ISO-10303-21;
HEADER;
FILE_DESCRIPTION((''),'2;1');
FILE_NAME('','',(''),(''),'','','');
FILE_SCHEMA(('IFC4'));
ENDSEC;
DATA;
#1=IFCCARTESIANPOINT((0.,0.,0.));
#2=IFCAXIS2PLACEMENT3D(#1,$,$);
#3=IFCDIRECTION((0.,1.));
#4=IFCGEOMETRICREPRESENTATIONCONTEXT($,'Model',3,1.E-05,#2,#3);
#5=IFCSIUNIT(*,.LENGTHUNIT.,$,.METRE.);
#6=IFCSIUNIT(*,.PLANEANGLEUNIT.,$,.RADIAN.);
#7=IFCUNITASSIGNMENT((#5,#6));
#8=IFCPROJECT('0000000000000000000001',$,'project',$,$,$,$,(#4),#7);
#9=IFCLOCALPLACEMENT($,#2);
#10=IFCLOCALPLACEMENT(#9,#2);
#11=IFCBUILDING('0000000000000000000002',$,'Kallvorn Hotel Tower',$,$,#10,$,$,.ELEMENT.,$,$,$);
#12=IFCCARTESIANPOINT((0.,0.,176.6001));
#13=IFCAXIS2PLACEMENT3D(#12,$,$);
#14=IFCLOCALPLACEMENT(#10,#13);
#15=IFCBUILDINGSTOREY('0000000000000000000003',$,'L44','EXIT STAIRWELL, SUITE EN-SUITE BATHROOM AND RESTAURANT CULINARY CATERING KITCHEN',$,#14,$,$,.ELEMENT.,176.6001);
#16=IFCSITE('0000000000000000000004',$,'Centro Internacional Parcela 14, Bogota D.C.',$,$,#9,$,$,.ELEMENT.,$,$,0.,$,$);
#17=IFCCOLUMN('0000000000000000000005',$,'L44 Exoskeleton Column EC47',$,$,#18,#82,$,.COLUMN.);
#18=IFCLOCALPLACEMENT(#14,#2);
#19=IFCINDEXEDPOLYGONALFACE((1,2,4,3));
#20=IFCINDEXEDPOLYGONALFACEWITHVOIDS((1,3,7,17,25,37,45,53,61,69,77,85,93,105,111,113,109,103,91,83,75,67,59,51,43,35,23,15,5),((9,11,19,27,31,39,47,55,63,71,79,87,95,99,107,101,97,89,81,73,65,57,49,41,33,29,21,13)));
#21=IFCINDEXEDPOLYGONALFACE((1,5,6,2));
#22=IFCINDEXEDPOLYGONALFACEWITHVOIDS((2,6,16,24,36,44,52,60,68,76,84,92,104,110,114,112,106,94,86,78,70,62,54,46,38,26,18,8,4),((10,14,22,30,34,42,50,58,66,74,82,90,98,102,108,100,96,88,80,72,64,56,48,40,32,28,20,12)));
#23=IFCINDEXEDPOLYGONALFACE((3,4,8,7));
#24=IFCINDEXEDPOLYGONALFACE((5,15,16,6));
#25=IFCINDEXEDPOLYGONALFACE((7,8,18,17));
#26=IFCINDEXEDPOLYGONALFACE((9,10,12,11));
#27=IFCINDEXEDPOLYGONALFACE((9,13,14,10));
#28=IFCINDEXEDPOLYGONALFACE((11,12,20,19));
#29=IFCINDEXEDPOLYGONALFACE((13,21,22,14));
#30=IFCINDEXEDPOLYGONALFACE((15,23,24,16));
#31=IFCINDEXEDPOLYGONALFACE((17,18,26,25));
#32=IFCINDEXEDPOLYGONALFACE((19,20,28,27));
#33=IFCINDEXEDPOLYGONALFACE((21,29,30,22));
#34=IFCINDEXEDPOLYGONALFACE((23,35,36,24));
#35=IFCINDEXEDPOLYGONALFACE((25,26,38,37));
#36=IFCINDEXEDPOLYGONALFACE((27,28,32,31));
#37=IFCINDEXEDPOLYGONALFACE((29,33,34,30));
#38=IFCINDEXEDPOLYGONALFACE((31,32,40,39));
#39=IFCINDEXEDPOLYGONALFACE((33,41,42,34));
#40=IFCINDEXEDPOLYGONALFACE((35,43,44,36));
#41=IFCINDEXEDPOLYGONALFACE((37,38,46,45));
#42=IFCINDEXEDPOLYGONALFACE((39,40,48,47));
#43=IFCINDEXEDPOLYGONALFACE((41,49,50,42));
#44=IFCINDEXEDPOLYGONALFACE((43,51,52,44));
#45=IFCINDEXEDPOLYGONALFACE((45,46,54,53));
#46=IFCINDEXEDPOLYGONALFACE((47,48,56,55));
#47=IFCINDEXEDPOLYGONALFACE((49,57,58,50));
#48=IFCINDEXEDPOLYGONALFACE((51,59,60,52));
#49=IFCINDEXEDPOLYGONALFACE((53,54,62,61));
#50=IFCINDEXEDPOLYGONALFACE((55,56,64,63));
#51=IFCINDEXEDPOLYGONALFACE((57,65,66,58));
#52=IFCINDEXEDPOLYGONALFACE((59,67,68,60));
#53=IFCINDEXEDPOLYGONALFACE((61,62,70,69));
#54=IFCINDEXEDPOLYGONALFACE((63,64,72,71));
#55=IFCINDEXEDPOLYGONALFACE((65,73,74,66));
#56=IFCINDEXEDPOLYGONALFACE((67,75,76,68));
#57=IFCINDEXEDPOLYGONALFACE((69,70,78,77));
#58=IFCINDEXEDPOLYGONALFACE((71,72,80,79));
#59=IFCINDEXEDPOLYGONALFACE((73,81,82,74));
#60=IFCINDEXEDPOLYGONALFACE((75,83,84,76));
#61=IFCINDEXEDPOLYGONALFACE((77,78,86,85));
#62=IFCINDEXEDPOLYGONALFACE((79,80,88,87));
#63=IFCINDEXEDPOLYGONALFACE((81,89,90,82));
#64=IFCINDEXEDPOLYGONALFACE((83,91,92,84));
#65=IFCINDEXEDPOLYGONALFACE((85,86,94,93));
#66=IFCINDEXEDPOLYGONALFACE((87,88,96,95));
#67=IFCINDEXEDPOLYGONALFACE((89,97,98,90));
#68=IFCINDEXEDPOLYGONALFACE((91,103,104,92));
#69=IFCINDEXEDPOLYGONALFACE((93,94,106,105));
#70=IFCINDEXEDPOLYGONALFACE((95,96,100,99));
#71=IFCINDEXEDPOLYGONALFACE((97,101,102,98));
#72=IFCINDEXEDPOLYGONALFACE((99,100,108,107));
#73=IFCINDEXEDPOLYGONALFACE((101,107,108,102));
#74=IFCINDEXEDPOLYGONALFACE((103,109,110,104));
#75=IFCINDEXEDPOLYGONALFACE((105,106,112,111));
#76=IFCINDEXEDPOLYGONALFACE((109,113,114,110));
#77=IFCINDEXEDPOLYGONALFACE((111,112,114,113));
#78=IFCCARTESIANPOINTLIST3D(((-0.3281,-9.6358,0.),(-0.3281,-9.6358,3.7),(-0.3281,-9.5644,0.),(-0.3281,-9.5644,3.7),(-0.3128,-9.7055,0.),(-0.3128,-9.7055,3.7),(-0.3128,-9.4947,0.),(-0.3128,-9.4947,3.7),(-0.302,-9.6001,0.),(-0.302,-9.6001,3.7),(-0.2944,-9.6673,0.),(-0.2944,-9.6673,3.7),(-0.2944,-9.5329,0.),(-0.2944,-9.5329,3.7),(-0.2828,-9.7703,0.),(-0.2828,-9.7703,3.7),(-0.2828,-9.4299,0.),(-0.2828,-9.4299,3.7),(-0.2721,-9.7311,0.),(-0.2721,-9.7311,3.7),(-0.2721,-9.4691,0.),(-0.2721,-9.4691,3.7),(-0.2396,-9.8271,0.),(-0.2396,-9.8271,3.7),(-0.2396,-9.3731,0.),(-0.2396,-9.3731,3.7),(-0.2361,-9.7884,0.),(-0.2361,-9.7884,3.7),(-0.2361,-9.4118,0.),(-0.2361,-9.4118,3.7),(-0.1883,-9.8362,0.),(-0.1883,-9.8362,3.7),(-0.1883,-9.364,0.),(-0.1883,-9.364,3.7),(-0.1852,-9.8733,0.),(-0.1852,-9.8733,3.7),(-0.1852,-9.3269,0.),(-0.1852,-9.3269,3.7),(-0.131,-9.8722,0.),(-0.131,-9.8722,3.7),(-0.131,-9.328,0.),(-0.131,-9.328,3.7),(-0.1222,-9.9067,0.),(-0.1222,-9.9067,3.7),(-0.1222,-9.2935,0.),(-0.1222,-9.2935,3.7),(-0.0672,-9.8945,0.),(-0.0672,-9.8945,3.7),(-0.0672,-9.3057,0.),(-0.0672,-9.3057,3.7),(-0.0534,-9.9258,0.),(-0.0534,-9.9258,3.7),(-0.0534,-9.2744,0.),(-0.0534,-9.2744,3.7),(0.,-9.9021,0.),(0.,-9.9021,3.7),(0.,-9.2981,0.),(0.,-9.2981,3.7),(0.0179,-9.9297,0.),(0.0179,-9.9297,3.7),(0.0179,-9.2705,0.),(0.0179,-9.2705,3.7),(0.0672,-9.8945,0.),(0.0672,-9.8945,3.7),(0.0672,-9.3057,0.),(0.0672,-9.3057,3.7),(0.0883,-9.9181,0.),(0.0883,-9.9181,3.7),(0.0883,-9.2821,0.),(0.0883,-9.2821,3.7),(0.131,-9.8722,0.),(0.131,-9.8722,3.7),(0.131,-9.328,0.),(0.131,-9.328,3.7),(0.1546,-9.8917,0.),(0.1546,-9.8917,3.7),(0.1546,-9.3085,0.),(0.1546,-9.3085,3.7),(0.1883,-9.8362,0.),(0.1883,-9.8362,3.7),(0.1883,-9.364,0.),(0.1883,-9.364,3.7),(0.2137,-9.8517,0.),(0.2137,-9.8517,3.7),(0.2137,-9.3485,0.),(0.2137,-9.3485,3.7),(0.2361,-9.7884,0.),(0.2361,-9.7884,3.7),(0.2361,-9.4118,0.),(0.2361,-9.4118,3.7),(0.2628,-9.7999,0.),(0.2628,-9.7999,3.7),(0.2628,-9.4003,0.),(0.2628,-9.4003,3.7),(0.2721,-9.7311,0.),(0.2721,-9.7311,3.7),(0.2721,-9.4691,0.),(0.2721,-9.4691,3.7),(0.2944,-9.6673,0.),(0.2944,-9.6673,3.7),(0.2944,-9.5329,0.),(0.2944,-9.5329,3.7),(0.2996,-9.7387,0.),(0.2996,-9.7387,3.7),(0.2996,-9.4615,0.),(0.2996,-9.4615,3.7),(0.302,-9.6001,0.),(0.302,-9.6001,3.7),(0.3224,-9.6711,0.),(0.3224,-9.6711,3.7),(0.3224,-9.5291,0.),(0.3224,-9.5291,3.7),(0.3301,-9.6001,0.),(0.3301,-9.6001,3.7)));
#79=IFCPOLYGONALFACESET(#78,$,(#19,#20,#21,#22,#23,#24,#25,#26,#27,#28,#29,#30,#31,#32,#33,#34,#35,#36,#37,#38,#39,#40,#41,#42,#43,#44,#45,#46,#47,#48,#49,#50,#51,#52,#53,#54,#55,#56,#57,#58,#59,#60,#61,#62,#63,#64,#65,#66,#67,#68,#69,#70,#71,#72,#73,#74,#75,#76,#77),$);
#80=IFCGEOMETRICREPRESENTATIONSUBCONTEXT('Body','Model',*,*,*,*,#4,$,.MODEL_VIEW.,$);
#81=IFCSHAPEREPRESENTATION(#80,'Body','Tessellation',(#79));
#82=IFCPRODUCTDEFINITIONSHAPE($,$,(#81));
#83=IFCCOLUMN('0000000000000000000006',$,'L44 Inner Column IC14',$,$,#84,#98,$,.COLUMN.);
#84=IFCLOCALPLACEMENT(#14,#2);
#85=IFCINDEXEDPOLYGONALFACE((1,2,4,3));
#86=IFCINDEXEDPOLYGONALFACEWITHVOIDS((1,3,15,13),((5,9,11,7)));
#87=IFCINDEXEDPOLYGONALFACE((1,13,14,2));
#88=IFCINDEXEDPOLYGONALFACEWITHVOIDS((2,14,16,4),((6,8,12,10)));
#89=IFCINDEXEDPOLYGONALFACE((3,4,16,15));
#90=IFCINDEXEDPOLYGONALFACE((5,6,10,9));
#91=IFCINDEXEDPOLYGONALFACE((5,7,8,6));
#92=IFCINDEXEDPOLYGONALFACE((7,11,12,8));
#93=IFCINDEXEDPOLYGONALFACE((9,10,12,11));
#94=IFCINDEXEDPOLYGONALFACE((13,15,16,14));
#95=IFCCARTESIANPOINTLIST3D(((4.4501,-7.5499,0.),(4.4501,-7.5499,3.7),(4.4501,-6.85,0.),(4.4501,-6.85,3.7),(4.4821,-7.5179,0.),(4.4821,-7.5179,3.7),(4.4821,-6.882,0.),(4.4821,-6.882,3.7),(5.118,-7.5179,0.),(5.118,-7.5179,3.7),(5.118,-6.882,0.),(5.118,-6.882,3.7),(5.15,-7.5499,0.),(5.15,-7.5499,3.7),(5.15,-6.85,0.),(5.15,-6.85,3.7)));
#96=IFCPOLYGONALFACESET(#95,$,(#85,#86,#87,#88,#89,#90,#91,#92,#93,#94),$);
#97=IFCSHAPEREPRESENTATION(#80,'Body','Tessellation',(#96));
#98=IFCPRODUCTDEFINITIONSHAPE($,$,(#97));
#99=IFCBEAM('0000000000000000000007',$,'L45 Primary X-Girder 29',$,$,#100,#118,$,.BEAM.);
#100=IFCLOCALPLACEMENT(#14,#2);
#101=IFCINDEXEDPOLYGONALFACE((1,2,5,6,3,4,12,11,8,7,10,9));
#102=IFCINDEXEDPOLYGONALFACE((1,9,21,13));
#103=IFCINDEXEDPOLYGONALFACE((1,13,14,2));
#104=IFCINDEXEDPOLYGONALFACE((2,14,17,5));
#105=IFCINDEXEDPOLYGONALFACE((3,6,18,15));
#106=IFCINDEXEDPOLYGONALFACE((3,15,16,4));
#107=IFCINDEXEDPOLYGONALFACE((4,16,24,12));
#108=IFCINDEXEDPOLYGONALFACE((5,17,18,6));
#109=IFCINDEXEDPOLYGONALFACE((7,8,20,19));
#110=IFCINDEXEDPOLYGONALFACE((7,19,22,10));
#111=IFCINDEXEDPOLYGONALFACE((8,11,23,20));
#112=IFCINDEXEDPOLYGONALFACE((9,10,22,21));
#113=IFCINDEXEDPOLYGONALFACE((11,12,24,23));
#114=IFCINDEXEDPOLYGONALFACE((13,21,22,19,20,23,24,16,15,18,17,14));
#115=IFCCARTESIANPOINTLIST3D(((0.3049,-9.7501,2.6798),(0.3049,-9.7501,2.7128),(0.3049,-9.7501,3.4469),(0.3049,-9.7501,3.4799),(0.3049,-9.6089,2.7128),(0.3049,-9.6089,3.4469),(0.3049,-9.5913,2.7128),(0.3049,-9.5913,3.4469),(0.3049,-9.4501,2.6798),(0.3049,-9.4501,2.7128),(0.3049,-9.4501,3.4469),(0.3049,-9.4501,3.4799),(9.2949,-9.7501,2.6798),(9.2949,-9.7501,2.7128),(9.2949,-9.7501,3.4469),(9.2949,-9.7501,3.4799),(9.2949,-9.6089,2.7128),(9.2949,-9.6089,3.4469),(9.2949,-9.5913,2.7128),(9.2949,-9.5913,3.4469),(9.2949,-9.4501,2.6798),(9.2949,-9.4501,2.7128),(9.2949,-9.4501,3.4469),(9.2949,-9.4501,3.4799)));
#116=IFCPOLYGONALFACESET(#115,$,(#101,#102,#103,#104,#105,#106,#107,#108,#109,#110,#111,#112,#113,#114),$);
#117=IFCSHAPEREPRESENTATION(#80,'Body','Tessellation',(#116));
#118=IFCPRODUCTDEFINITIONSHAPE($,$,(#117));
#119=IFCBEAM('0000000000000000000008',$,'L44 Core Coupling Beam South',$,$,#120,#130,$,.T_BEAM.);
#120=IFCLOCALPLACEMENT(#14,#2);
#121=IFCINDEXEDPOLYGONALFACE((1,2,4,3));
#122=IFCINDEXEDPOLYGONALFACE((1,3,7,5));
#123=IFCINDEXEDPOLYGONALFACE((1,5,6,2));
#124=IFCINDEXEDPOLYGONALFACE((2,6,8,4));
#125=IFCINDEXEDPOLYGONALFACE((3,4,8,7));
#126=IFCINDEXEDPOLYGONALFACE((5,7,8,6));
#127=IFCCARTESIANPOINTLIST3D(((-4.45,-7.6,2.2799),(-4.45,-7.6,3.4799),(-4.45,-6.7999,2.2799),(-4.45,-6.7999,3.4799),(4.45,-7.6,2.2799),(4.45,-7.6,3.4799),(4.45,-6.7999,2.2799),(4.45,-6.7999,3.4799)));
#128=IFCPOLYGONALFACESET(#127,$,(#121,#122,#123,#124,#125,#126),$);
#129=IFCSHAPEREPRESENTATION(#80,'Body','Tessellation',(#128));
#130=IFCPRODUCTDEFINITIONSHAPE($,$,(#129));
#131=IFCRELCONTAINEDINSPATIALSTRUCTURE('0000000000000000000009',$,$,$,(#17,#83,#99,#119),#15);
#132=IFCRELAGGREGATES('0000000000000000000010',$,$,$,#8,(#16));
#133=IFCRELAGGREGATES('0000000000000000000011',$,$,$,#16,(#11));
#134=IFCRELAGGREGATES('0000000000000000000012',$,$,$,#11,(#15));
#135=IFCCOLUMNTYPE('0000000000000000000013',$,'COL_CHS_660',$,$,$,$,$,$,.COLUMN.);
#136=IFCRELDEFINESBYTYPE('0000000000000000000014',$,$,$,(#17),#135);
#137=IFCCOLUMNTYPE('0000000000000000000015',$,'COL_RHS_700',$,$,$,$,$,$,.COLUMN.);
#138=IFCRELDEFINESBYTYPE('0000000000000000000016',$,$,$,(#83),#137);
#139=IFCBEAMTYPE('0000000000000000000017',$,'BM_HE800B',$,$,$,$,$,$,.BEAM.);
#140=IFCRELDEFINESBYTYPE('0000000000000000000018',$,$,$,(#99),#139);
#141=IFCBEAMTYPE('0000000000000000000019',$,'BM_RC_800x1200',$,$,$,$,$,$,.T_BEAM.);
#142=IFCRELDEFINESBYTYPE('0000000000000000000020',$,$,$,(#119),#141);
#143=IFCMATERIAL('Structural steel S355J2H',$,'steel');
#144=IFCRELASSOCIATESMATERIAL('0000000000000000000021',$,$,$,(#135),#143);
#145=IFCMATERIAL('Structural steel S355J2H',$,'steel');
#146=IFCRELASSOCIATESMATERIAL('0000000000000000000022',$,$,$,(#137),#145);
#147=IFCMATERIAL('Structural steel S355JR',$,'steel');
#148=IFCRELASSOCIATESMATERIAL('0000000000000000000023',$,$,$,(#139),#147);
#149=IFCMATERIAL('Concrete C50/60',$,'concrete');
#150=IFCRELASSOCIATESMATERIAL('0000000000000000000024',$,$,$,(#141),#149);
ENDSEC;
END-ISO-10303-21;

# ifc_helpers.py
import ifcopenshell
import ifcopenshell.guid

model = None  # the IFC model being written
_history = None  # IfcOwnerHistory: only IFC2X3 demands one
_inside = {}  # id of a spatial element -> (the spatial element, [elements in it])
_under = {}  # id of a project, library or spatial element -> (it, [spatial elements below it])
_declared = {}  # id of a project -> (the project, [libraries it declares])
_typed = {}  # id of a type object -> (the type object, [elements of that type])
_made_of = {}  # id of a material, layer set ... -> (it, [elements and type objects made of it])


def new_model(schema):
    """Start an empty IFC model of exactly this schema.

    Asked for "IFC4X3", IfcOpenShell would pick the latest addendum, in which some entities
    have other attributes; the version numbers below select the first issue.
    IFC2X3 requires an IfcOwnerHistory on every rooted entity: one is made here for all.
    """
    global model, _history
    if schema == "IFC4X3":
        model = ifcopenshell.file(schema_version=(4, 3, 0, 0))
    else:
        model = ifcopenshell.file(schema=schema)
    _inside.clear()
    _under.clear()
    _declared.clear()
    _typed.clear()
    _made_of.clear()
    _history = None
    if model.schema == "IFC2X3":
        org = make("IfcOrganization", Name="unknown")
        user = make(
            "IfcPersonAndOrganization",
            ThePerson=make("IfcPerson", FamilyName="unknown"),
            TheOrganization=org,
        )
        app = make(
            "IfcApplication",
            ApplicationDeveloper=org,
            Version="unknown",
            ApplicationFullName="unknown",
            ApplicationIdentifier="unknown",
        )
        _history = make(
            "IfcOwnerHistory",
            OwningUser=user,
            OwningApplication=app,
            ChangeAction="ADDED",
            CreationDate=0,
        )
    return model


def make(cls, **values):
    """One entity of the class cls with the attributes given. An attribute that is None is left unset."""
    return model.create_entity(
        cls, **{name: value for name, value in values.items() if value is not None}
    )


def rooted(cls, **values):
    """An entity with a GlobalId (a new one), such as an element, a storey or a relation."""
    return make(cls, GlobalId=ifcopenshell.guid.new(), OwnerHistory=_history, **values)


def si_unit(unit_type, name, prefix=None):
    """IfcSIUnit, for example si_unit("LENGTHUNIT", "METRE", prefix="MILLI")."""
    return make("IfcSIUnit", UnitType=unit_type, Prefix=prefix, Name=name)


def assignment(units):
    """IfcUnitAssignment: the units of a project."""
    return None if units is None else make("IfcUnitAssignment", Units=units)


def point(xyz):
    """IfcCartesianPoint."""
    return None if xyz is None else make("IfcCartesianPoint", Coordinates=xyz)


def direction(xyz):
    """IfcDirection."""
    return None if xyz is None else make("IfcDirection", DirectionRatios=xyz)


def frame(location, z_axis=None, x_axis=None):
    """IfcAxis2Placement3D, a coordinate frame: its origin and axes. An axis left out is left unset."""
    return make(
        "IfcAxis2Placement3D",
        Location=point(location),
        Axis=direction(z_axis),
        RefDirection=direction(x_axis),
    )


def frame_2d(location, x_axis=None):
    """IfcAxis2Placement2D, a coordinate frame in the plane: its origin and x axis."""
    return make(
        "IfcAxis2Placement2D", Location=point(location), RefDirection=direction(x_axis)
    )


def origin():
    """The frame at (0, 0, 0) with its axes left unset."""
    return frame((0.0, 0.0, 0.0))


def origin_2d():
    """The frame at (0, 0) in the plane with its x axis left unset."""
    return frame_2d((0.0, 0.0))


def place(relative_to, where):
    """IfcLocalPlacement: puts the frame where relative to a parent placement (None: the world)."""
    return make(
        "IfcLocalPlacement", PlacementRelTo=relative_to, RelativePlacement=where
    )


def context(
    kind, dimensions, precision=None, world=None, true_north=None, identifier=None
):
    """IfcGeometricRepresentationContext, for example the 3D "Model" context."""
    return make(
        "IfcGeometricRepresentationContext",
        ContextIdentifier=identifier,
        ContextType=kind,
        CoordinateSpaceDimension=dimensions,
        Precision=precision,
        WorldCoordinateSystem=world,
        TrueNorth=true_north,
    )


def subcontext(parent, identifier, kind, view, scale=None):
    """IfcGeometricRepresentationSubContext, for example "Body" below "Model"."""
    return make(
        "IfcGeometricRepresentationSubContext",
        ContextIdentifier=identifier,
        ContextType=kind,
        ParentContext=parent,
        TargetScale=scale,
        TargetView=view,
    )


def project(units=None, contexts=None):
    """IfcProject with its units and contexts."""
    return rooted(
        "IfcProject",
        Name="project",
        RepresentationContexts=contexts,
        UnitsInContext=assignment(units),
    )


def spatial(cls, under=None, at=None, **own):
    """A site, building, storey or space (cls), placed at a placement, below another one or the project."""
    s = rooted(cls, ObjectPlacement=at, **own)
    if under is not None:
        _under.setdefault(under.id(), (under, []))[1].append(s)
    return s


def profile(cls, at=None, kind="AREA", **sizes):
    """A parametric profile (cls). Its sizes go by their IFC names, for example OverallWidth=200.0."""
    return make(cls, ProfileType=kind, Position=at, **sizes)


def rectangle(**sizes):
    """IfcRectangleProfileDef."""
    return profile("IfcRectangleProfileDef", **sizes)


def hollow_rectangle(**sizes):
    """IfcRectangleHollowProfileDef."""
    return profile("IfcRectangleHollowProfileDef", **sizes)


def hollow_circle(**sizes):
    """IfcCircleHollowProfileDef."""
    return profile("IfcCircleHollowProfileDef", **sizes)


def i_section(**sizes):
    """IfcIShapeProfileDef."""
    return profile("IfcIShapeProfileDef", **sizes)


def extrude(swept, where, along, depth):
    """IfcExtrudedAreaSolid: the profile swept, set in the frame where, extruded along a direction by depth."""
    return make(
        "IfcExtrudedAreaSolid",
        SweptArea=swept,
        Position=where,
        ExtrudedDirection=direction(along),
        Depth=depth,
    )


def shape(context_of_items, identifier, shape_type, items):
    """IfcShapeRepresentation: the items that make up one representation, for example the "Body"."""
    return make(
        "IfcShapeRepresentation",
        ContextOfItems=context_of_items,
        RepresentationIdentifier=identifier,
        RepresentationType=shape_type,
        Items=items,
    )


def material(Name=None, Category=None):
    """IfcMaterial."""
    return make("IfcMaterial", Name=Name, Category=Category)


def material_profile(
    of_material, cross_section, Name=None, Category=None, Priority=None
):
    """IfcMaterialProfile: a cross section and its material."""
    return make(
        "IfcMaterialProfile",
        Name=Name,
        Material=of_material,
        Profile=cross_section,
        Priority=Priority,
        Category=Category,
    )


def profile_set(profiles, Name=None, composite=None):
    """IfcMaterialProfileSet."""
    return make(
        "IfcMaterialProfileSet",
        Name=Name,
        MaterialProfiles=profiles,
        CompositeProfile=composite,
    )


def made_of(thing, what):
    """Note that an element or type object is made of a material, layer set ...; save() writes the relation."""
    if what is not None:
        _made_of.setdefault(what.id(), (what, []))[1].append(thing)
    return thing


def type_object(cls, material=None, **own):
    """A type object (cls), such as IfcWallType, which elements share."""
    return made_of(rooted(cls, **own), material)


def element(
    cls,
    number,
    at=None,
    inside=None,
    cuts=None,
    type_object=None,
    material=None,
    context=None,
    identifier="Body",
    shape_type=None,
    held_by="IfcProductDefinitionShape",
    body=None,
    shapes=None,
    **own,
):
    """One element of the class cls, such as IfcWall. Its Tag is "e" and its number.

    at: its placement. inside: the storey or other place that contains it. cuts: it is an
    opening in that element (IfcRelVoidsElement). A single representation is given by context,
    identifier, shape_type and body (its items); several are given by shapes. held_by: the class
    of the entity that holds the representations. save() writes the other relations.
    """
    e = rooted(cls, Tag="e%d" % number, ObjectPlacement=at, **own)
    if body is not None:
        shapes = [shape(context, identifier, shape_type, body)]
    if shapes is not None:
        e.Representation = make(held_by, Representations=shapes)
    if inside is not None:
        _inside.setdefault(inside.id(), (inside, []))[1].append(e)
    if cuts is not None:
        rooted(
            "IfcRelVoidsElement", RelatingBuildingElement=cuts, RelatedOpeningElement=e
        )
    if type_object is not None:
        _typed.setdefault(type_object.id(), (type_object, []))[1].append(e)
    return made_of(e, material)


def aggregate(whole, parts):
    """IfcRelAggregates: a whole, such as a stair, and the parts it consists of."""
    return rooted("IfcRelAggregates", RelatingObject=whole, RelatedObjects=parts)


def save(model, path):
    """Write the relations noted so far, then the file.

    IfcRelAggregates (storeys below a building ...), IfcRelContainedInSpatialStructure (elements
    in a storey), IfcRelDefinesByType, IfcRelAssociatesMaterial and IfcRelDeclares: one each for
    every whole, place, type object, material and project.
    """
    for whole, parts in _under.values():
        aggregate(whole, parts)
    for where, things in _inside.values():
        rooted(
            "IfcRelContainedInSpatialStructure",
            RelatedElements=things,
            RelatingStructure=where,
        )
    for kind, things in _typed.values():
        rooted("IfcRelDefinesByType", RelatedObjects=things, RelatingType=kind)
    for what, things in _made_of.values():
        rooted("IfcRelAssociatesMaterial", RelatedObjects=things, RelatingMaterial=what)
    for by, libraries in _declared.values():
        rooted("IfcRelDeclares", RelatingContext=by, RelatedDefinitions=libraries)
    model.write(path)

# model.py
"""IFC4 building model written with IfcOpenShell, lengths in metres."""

from ifc_helpers import new_model, si_unit, direction, frame, origin, origin_2d, place, context, subcontext, project, spatial, rectangle, hollow_rectangle, hollow_circle, i_section, extrude, material, material_profile, profile_set, type_object, element, save


model = new_model("IFC4")

# Units and contexts
model_context = context("Model", 3, precision=1e-05, world=origin(), true_north=direction((0.0, 1.0)))
body_context = subcontext(model_context, "Body", "Model", "MODEL_VIEW")
ifc_project = project(units=[si_unit("LENGTHUNIT", "METRE"), si_unit("PLANEANGLEUNIT", "RADIAN")], contexts=[model_context])

# Site, building, storey
site_placement = place(None, origin())
site = spatial("IfcSite", under=ifc_project, at=site_placement, Name="Centro Internacional Parcela 14, Bogota D.C.", CompositionType="ELEMENT", RefElevation=0.0)
building_placement = place(site_placement, origin())
building = spatial("IfcBuilding", under=site, at=building_placement, Name="Kallvorn Hotel Tower", CompositionType="ELEMENT")
storey_placement = place(building_placement, frame((0.0, 0.0, 176.6001)))
storey = spatial("IfcBuildingStorey", under=building, at=storey_placement, Name="L44", Description="EXIT STAIRWELL, SUITE EN-SUITE BATHROOM AND RESTAURANT CULINARY CATERING KITCHEN", CompositionType="ELEMENT", Elevation=176.6001)

# Columns
ifc_material_1 = material(Name="Structural steel S355J2H", Category="steel")
ifc_material_profile_1 = material_profile(ifc_material_1, hollow_circle(Radius=0.3301, WallThickness=0.0281, at=origin_2d()), Name="CHS 660x28")
ifc_profile_set_1 = profile_set([ifc_material_profile_1], Name="Structural steel S355J2H")
column_type_1 = type_object("IfcColumnType", Name="COL_CHS_660", PredefinedType="COLUMN", material=ifc_profile_set_1)
column_1_placement = place(storey_placement, frame((0.0, -9.6001, 0.0), z_axis=(0.0, 0.0, 1.0), x_axis=(1.0, 0.0, 0.0)))
element("IfcColumn", 1, at=column_1_placement, inside=storey, type_object=column_type_1, Name="L44 Exoskeleton Column EC47", PredefinedType="COLUMN", context=body_context, shape_type="SweptSolid", body=[
    extrude(hollow_circle(Radius=0.3301, WallThickness=0.0281, at=origin_2d()), origin(), (0.0, 0.0, 1.0), 3.7),
])
ifc_material_2 = material(Name="Structural steel S355J2H", Category="steel")
ifc_material_profile_2 = material_profile(ifc_material_2, hollow_rectangle(XDim=0.7, YDim=0.7, WallThickness=0.032, at=origin_2d()), Name="RHS 700x700x32")
ifc_profile_set_2 = profile_set([ifc_material_profile_2], Name="Structural steel S355J2H")
column_type_2 = type_object("IfcColumnType", Name="COL_RHS_700", PredefinedType="COLUMN", material=ifc_profile_set_2)
column_2_placement = place(storey_placement, frame((4.8, -7.2, 0.0), z_axis=(0.0, 0.0, 1.0), x_axis=(1.0, 0.0, 0.0)))
element("IfcColumn", 2, at=column_2_placement, inside=storey, type_object=column_type_2, Name="L44 Inner Column IC14", PredefinedType="COLUMN", context=body_context, shape_type="SweptSolid", body=[
    extrude(hollow_rectangle(XDim=0.7, YDim=0.7, WallThickness=0.032, at=origin_2d()), origin(), (0.0, 0.0, 1.0), 3.7),
])

# Beams
ifc_material_3 = material(Name="Structural steel S355JR", Category="steel")
ifc_material_profile_3 = material_profile(ifc_material_3, i_section(OverallWidth=0.3, OverallDepth=0.8, WebThickness=0.0176, FlangeThickness=0.033, at=origin_2d()), Name="HE 800 B")
ifc_profile_set_3 = profile_set([ifc_material_profile_3], Name="Structural steel S355JR")
beam_type_1 = type_object("IfcBeamType", Name="BM_HE800B", PredefinedType="BEAM", material=ifc_profile_set_3)
beam_1_placement = place(storey_placement, frame((0.3049, -9.6001, 3.0798), z_axis=(1.0, 0.0, 0.0), x_axis=(0.0, 1.0, 0.0)))
element("IfcBeam", 3, at=beam_1_placement, inside=storey, type_object=beam_type_1, Name="L45 Primary X-Girder 29", PredefinedType="BEAM", context=body_context, shape_type="SweptSolid", body=[
    extrude(i_section(OverallWidth=0.3, OverallDepth=0.8, WebThickness=0.0176, FlangeThickness=0.033, at=origin_2d()), origin(), (0.0, 0.0, 1.0), 8.99),
])
ifc_material_4 = material(Name="Concrete C50/60", Category="concrete")
ifc_material_profile_4 = material_profile(ifc_material_4, rectangle(XDim=0.8, YDim=1.2, at=origin_2d()), Name="RC 800x1200")
ifc_profile_set_4 = profile_set([ifc_material_profile_4], Name="Concrete C50/60")
beam_type_2 = type_object("IfcBeamType", Name="BM_RC_800x1200", PredefinedType="T_BEAM", material=ifc_profile_set_4)
beam_2_placement = place(storey_placement, frame((-4.45, -7.2, 2.8799), z_axis=(1.0, 0.0, 0.0), x_axis=(0.0, 1.0, 0.0)))
element("IfcBeam", 4, at=beam_2_placement, inside=storey, type_object=beam_type_2, Name="L44 Core Coupling Beam South", PredefinedType="T_BEAM", context=body_context, shape_type="SweptSolid", body=[
    extrude(rectangle(XDim=0.8, YDim=1.2, at=origin_2d()), origin(), (0.0, 0.0, 1.0), 8.8999),
])

save(model, "model.ifc")
